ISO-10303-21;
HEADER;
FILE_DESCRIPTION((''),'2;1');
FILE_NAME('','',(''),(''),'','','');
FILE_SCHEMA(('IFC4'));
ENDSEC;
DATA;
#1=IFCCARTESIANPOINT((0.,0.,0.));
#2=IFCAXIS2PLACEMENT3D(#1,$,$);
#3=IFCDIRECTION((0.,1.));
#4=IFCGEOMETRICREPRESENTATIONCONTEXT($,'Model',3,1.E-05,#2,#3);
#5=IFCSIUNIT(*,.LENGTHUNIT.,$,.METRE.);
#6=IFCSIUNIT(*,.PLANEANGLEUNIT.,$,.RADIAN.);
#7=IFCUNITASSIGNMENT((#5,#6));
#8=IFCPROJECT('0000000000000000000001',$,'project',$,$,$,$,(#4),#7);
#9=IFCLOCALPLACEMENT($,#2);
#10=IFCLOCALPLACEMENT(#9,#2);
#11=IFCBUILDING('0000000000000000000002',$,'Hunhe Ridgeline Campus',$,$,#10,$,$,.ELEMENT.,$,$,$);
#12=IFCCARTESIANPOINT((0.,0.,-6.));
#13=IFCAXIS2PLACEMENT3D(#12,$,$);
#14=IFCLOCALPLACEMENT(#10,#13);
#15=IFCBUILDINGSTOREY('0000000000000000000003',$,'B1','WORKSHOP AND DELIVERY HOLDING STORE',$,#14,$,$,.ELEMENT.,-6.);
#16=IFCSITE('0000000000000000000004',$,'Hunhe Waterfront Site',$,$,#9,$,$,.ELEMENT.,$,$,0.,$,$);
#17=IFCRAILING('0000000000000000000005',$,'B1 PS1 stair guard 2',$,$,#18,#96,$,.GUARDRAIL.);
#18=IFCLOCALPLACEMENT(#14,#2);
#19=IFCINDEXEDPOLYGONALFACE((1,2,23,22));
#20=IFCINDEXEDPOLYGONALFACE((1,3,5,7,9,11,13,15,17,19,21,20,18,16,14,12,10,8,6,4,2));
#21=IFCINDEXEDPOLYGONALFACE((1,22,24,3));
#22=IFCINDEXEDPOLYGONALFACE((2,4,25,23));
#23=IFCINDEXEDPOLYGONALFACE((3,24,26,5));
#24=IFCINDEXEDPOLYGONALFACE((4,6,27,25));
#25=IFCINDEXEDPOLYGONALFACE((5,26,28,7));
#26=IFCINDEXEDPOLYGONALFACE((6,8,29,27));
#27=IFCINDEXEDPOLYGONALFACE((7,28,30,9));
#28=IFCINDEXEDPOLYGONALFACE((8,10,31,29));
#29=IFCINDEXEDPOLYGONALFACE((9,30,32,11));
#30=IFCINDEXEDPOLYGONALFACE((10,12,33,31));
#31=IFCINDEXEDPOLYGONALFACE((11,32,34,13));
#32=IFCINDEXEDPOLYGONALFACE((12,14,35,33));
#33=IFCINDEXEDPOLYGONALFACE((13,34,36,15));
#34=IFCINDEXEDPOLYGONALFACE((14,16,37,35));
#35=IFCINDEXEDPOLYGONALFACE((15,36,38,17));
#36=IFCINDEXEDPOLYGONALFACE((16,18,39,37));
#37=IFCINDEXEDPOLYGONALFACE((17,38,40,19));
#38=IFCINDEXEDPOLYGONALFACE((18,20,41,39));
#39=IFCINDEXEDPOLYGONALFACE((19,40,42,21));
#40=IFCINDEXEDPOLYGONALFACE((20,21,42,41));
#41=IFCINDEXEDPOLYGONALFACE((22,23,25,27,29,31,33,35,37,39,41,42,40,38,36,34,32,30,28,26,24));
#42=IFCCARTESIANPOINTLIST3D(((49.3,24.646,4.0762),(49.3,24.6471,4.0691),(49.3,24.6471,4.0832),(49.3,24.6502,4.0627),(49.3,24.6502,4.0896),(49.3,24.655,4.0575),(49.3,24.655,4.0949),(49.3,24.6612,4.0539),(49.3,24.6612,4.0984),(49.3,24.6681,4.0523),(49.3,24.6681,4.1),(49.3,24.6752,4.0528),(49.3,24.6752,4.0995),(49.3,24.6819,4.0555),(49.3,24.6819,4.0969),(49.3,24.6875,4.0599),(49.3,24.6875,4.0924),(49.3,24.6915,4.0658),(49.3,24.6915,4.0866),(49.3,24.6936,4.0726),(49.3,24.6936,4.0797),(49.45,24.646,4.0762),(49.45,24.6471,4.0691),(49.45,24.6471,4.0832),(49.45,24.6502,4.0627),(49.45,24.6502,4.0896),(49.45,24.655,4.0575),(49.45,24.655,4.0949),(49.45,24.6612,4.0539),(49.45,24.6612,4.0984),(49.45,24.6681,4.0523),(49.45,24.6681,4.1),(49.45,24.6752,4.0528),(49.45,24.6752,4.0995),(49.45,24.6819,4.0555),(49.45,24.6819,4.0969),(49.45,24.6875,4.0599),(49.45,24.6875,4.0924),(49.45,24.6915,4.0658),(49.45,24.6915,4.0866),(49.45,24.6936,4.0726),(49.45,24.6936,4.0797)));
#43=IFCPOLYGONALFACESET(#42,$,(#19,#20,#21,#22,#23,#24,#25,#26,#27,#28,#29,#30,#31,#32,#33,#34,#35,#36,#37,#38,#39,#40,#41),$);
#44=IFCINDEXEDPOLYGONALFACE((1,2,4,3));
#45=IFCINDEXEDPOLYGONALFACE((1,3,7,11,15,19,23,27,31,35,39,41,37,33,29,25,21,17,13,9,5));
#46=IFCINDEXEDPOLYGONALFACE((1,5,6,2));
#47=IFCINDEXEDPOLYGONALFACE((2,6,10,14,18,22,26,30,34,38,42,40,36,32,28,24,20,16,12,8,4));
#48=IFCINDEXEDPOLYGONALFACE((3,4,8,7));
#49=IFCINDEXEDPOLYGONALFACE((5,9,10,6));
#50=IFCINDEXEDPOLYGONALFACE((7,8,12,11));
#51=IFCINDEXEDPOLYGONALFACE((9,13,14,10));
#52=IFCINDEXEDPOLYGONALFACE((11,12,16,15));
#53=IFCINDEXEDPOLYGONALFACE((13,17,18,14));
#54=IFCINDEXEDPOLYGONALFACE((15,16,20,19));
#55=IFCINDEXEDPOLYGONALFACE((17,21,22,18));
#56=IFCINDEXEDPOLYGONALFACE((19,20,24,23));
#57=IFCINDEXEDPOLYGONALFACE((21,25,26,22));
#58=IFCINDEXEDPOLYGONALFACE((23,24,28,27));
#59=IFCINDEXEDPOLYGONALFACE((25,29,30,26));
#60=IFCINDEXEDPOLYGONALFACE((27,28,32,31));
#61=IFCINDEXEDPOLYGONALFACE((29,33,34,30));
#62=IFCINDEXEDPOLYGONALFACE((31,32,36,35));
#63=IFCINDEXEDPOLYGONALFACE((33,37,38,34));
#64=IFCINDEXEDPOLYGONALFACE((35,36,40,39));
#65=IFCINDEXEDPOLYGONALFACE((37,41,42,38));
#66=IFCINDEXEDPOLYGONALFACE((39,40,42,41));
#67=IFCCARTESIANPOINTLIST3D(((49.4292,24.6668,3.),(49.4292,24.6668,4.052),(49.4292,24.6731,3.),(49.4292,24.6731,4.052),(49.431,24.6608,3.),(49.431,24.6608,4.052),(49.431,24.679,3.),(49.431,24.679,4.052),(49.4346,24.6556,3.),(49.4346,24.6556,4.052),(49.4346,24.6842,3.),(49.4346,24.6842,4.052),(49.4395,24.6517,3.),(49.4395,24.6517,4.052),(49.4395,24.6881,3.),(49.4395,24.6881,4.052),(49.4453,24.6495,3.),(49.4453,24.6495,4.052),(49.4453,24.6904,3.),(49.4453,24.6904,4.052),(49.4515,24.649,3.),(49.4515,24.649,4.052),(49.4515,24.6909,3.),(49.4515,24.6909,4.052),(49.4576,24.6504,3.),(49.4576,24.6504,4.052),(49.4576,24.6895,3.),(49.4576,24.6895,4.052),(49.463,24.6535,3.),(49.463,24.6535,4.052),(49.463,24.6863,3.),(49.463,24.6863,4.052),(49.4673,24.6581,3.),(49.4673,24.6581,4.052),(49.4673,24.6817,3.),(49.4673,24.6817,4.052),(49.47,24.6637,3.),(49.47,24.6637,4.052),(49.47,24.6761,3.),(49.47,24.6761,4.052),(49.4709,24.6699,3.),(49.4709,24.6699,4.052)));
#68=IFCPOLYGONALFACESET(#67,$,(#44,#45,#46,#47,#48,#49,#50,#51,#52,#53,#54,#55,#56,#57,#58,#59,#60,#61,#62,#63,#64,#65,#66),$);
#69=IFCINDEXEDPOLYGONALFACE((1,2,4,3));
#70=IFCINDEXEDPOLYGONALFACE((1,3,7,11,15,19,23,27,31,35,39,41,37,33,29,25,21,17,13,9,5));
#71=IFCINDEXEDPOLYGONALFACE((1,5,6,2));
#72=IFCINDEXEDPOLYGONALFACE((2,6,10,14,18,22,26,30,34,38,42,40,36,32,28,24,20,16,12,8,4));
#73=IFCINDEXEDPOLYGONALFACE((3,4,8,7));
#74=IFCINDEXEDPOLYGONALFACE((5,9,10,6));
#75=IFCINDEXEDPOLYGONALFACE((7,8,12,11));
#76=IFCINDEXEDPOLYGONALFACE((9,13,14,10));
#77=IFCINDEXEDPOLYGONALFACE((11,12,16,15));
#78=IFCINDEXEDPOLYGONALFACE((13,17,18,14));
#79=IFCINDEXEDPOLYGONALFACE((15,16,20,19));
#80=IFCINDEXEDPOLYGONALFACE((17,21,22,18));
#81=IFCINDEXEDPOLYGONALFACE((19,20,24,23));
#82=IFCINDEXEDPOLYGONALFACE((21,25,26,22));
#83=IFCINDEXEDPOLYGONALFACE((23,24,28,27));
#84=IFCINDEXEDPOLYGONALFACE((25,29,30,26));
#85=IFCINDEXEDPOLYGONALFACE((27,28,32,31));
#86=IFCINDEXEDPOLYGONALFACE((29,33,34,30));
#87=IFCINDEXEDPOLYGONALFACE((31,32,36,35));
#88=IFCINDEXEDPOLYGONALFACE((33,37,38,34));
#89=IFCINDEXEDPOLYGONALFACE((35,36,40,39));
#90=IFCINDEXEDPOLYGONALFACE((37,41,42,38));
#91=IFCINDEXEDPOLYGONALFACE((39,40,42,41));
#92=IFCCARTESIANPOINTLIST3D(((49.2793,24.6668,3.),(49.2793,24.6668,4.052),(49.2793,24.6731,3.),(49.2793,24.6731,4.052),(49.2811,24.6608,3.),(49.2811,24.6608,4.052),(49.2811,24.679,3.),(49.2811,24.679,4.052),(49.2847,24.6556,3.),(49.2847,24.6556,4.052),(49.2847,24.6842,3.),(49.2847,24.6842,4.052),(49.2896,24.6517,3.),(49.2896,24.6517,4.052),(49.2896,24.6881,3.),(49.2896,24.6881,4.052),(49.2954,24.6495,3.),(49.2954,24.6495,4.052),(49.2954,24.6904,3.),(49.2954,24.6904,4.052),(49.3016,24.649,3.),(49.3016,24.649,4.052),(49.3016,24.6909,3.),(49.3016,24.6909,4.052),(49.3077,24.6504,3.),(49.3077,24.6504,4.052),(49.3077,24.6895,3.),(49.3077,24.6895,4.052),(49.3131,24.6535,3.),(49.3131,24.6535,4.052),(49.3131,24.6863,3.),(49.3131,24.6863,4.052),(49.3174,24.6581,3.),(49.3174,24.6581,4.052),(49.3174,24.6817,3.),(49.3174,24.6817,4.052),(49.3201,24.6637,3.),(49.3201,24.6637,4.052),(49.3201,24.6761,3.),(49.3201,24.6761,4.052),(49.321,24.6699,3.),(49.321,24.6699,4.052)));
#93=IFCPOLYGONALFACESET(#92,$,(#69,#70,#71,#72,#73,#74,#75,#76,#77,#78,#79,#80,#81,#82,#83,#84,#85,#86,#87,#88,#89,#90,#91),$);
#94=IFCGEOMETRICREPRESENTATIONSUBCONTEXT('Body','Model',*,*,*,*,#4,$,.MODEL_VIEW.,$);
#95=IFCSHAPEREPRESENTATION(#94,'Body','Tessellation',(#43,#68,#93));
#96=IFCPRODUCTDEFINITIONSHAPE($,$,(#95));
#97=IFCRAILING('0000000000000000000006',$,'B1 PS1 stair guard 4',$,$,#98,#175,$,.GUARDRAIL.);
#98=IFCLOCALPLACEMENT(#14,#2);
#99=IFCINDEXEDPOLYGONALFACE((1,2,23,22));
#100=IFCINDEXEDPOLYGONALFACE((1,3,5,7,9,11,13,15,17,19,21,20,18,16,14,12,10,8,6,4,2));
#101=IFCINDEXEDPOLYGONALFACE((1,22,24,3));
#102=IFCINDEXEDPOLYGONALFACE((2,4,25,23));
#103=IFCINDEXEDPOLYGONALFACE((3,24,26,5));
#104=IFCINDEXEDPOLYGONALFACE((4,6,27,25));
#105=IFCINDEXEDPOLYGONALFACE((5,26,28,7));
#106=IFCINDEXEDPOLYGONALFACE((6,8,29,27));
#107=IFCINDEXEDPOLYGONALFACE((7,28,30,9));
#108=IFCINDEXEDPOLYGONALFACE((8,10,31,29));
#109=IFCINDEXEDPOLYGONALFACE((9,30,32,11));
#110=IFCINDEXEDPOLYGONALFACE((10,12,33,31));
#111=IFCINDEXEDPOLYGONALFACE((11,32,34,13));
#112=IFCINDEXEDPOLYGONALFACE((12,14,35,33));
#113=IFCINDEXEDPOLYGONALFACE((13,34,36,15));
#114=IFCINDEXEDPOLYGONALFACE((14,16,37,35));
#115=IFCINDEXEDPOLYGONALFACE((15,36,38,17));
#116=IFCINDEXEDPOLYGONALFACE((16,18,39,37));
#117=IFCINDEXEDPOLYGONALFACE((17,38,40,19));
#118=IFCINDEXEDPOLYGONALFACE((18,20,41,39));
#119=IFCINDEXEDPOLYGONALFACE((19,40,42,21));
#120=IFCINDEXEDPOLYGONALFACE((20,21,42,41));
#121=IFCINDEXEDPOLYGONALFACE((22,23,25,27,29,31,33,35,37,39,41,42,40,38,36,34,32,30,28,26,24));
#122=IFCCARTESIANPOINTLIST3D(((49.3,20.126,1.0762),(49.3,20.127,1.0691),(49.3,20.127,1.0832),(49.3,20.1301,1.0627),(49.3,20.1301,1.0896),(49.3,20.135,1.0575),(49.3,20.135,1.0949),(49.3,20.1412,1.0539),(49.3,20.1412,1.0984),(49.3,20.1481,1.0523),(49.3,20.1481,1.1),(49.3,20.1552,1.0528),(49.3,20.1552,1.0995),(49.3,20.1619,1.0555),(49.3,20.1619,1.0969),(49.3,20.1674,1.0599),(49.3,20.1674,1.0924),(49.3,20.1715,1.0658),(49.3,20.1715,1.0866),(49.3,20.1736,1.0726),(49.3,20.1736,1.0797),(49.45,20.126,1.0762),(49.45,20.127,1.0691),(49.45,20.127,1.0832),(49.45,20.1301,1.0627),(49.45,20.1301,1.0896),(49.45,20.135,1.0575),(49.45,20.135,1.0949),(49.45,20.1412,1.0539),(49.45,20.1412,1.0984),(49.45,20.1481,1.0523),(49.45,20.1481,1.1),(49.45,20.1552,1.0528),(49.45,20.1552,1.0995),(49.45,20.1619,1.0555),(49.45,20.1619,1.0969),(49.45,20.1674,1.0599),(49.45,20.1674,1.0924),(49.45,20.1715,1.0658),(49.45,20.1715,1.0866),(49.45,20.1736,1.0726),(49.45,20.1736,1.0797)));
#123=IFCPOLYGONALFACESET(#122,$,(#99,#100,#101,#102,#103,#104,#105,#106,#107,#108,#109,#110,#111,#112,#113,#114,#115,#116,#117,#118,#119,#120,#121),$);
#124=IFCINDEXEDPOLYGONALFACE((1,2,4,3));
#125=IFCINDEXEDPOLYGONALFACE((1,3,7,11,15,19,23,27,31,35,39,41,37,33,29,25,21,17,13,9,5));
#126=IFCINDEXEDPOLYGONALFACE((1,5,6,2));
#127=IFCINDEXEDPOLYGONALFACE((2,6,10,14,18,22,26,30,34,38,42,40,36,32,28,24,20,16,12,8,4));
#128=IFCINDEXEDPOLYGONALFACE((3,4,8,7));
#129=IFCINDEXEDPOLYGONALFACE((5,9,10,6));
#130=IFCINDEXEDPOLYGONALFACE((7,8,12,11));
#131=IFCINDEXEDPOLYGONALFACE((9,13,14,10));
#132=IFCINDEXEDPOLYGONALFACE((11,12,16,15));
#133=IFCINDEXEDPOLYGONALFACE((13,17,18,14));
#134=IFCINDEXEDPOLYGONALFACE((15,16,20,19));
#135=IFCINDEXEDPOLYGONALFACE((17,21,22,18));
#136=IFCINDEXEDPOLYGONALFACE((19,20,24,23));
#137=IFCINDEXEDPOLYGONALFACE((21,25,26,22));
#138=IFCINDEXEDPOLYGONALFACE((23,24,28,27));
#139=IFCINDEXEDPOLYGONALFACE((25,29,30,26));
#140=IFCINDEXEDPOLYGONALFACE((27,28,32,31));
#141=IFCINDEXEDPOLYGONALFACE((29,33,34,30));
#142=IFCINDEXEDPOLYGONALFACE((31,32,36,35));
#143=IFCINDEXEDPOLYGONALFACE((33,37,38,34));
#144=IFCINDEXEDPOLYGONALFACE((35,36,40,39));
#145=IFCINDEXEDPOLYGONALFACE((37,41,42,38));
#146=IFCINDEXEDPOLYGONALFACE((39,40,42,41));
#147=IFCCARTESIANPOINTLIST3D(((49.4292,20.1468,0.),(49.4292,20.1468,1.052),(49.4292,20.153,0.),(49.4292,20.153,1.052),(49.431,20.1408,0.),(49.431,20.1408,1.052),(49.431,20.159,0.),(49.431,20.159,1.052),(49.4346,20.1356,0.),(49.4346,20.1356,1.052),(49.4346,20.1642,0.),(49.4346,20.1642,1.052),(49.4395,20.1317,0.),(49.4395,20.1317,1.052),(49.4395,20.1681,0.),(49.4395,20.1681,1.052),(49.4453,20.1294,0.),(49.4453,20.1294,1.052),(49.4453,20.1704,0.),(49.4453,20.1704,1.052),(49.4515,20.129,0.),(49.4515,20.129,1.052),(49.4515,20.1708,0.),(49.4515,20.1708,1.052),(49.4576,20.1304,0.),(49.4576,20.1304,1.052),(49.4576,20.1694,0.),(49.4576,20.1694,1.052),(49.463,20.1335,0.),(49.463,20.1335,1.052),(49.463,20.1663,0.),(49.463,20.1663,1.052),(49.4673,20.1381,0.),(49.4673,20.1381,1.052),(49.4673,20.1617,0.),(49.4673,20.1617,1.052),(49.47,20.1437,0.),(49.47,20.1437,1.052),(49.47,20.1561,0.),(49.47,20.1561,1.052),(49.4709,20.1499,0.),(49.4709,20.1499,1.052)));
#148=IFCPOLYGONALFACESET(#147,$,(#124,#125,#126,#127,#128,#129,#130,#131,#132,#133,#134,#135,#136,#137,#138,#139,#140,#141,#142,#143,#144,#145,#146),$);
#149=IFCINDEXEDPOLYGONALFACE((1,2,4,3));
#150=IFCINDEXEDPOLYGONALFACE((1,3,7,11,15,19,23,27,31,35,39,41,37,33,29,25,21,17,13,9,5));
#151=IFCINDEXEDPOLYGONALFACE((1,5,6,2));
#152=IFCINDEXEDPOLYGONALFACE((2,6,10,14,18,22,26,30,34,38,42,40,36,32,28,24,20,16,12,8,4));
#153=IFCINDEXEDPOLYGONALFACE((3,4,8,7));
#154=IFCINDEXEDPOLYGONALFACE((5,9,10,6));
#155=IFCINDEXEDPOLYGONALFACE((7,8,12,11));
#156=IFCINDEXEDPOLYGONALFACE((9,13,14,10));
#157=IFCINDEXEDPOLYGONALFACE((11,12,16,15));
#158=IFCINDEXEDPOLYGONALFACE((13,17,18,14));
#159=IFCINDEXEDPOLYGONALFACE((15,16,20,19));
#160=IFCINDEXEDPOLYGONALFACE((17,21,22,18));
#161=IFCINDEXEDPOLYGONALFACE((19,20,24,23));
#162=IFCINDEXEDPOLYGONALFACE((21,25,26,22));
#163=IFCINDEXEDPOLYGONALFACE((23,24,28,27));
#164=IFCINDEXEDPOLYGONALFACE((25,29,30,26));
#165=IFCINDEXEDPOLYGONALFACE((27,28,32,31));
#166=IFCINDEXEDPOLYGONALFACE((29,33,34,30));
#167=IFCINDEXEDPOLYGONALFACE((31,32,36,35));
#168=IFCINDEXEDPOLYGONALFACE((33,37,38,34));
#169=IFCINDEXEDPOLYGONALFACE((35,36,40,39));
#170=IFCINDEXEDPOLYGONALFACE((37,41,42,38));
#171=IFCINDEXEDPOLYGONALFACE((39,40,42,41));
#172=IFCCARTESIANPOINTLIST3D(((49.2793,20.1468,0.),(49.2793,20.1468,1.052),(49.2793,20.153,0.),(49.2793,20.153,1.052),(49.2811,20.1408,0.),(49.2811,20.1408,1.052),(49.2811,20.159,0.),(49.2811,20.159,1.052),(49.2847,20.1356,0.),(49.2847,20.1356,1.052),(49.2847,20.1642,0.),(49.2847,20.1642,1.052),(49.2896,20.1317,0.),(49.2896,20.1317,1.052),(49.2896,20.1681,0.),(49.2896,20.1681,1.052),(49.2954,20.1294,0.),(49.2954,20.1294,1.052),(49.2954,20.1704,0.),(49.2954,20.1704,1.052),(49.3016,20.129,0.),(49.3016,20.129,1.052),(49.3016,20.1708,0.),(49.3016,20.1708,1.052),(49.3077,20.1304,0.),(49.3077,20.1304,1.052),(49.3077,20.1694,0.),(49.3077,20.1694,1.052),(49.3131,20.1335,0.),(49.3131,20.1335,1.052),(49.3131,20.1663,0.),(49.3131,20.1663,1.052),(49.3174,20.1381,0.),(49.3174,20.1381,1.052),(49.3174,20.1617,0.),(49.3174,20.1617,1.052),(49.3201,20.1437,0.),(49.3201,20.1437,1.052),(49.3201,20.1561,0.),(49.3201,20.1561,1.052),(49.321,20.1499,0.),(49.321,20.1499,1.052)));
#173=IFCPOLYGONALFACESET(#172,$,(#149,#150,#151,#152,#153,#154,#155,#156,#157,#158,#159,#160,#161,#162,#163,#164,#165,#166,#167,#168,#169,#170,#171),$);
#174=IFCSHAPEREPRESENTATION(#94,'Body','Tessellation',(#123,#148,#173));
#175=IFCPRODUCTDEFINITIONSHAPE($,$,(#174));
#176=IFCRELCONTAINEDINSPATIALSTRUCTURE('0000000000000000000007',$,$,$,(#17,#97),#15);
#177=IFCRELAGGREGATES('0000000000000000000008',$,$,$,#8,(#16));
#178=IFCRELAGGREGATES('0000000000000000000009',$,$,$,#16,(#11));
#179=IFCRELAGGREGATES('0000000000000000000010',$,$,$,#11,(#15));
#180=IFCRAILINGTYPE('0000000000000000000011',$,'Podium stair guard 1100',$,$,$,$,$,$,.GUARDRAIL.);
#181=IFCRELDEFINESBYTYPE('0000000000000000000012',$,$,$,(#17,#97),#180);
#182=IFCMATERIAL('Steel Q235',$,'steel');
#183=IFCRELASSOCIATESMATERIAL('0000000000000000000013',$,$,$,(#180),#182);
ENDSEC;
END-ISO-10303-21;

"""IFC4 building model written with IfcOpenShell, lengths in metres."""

from ifc_helpers import new_model, si_unit, direction, frame, origin, origin_2d, place, context, subcontext, project, spatial, circle, extrude, material, type_object, element, save


model = new_model("IFC4")

# Units and contexts
model_context = context("Model", 3, precision=1e-05, world=origin(), true_north=direction((0.0, 1.0)))
body_context = subcontext(model_context, "Body", "Model", "MODEL_VIEW")
ifc_project = project(units=[si_unit("LENGTHUNIT", "METRE"), si_unit("PLANEANGLEUNIT", "RADIAN")], contexts=[model_context])

# Site, building, storey
site_placement = place(None, origin())
site = spatial("IfcSite", under=ifc_project, at=site_placement, Name="Hunhe Waterfront Site", CompositionType="ELEMENT", RefElevation=0.0)
building_placement = place(site_placement, origin())
building = spatial("IfcBuilding", under=site, at=building_placement, Name="Hunhe Ridgeline Campus", CompositionType="ELEMENT")
storey_placement = place(building_placement, frame((0.0, 0.0, -6.0)))
storey = spatial("IfcBuildingStorey", under=building, at=storey_placement, Name="B1", Description="WORKSHOP AND DELIVERY HOLDING STORE", CompositionType="ELEMENT", Elevation=-6.0)

# Shared definitions
ifc_material_1 = material(Name="Steel Q235", Category="steel")

# Railings
railing_type_1 = type_object("IfcRailingType", Name="Podium stair guard 1100", PredefinedType="GUARDRAIL", material=ifc_material_1)
railing_1_placement = place(storey_placement, frame((49.45, 24.6699, 3.0)))
element("IfcRailing", 1, at=railing_1_placement, inside=storey, type_object=railing_type_1, Name="B1 PS1 stair guard 2", PredefinedType="GUARDRAIL", context=body_context, shape_type="SweptSolid", body=[
    extrude(circle(Radius=0.0239, at=origin_2d()), frame((0.0, 0.0, 1.0762), z_axis=(-1.0, 0.0, 0.0), x_axis=(0.0, -1.0, 0.0)), (0.0, 0.0, 1.0), 0.1499),
    extrude(circle(Radius=0.021, at=origin_2d()), origin(), (0.0, 0.0, 1.0), 1.052),
    extrude(circle(Radius=0.021, at=origin_2d()), frame((-0.1499, 0.0, 0.0)), (0.0, 0.0, 1.0), 1.052),
])
railing_2_placement = place(storey_placement, frame((49.45, 20.1499, 0.0)))
element("IfcRailing", 2, at=railing_2_placement, inside=storey, type_object=railing_type_1, Name="B1 PS1 stair guard 4", PredefinedType="GUARDRAIL", context=body_context, shape_type="SweptSolid", body=[
    extrude(circle(Radius=0.0239, at=origin_2d()), frame((0.0, 0.0, 1.0762), z_axis=(-1.0, 0.0, 0.0), x_axis=(0.0, -1.0, 0.0)), (0.0, 0.0, 1.0), 0.1499),
    extrude(circle(Radius=0.021, at=origin_2d()), origin(), (0.0, 0.0, 1.0), 1.052),
    extrude(circle(Radius=0.021, at=origin_2d()), frame((-0.1499, 0.0, 0.0)), (0.0, 0.0, 1.0), 1.052),
])

save(model, "model.ifc")
